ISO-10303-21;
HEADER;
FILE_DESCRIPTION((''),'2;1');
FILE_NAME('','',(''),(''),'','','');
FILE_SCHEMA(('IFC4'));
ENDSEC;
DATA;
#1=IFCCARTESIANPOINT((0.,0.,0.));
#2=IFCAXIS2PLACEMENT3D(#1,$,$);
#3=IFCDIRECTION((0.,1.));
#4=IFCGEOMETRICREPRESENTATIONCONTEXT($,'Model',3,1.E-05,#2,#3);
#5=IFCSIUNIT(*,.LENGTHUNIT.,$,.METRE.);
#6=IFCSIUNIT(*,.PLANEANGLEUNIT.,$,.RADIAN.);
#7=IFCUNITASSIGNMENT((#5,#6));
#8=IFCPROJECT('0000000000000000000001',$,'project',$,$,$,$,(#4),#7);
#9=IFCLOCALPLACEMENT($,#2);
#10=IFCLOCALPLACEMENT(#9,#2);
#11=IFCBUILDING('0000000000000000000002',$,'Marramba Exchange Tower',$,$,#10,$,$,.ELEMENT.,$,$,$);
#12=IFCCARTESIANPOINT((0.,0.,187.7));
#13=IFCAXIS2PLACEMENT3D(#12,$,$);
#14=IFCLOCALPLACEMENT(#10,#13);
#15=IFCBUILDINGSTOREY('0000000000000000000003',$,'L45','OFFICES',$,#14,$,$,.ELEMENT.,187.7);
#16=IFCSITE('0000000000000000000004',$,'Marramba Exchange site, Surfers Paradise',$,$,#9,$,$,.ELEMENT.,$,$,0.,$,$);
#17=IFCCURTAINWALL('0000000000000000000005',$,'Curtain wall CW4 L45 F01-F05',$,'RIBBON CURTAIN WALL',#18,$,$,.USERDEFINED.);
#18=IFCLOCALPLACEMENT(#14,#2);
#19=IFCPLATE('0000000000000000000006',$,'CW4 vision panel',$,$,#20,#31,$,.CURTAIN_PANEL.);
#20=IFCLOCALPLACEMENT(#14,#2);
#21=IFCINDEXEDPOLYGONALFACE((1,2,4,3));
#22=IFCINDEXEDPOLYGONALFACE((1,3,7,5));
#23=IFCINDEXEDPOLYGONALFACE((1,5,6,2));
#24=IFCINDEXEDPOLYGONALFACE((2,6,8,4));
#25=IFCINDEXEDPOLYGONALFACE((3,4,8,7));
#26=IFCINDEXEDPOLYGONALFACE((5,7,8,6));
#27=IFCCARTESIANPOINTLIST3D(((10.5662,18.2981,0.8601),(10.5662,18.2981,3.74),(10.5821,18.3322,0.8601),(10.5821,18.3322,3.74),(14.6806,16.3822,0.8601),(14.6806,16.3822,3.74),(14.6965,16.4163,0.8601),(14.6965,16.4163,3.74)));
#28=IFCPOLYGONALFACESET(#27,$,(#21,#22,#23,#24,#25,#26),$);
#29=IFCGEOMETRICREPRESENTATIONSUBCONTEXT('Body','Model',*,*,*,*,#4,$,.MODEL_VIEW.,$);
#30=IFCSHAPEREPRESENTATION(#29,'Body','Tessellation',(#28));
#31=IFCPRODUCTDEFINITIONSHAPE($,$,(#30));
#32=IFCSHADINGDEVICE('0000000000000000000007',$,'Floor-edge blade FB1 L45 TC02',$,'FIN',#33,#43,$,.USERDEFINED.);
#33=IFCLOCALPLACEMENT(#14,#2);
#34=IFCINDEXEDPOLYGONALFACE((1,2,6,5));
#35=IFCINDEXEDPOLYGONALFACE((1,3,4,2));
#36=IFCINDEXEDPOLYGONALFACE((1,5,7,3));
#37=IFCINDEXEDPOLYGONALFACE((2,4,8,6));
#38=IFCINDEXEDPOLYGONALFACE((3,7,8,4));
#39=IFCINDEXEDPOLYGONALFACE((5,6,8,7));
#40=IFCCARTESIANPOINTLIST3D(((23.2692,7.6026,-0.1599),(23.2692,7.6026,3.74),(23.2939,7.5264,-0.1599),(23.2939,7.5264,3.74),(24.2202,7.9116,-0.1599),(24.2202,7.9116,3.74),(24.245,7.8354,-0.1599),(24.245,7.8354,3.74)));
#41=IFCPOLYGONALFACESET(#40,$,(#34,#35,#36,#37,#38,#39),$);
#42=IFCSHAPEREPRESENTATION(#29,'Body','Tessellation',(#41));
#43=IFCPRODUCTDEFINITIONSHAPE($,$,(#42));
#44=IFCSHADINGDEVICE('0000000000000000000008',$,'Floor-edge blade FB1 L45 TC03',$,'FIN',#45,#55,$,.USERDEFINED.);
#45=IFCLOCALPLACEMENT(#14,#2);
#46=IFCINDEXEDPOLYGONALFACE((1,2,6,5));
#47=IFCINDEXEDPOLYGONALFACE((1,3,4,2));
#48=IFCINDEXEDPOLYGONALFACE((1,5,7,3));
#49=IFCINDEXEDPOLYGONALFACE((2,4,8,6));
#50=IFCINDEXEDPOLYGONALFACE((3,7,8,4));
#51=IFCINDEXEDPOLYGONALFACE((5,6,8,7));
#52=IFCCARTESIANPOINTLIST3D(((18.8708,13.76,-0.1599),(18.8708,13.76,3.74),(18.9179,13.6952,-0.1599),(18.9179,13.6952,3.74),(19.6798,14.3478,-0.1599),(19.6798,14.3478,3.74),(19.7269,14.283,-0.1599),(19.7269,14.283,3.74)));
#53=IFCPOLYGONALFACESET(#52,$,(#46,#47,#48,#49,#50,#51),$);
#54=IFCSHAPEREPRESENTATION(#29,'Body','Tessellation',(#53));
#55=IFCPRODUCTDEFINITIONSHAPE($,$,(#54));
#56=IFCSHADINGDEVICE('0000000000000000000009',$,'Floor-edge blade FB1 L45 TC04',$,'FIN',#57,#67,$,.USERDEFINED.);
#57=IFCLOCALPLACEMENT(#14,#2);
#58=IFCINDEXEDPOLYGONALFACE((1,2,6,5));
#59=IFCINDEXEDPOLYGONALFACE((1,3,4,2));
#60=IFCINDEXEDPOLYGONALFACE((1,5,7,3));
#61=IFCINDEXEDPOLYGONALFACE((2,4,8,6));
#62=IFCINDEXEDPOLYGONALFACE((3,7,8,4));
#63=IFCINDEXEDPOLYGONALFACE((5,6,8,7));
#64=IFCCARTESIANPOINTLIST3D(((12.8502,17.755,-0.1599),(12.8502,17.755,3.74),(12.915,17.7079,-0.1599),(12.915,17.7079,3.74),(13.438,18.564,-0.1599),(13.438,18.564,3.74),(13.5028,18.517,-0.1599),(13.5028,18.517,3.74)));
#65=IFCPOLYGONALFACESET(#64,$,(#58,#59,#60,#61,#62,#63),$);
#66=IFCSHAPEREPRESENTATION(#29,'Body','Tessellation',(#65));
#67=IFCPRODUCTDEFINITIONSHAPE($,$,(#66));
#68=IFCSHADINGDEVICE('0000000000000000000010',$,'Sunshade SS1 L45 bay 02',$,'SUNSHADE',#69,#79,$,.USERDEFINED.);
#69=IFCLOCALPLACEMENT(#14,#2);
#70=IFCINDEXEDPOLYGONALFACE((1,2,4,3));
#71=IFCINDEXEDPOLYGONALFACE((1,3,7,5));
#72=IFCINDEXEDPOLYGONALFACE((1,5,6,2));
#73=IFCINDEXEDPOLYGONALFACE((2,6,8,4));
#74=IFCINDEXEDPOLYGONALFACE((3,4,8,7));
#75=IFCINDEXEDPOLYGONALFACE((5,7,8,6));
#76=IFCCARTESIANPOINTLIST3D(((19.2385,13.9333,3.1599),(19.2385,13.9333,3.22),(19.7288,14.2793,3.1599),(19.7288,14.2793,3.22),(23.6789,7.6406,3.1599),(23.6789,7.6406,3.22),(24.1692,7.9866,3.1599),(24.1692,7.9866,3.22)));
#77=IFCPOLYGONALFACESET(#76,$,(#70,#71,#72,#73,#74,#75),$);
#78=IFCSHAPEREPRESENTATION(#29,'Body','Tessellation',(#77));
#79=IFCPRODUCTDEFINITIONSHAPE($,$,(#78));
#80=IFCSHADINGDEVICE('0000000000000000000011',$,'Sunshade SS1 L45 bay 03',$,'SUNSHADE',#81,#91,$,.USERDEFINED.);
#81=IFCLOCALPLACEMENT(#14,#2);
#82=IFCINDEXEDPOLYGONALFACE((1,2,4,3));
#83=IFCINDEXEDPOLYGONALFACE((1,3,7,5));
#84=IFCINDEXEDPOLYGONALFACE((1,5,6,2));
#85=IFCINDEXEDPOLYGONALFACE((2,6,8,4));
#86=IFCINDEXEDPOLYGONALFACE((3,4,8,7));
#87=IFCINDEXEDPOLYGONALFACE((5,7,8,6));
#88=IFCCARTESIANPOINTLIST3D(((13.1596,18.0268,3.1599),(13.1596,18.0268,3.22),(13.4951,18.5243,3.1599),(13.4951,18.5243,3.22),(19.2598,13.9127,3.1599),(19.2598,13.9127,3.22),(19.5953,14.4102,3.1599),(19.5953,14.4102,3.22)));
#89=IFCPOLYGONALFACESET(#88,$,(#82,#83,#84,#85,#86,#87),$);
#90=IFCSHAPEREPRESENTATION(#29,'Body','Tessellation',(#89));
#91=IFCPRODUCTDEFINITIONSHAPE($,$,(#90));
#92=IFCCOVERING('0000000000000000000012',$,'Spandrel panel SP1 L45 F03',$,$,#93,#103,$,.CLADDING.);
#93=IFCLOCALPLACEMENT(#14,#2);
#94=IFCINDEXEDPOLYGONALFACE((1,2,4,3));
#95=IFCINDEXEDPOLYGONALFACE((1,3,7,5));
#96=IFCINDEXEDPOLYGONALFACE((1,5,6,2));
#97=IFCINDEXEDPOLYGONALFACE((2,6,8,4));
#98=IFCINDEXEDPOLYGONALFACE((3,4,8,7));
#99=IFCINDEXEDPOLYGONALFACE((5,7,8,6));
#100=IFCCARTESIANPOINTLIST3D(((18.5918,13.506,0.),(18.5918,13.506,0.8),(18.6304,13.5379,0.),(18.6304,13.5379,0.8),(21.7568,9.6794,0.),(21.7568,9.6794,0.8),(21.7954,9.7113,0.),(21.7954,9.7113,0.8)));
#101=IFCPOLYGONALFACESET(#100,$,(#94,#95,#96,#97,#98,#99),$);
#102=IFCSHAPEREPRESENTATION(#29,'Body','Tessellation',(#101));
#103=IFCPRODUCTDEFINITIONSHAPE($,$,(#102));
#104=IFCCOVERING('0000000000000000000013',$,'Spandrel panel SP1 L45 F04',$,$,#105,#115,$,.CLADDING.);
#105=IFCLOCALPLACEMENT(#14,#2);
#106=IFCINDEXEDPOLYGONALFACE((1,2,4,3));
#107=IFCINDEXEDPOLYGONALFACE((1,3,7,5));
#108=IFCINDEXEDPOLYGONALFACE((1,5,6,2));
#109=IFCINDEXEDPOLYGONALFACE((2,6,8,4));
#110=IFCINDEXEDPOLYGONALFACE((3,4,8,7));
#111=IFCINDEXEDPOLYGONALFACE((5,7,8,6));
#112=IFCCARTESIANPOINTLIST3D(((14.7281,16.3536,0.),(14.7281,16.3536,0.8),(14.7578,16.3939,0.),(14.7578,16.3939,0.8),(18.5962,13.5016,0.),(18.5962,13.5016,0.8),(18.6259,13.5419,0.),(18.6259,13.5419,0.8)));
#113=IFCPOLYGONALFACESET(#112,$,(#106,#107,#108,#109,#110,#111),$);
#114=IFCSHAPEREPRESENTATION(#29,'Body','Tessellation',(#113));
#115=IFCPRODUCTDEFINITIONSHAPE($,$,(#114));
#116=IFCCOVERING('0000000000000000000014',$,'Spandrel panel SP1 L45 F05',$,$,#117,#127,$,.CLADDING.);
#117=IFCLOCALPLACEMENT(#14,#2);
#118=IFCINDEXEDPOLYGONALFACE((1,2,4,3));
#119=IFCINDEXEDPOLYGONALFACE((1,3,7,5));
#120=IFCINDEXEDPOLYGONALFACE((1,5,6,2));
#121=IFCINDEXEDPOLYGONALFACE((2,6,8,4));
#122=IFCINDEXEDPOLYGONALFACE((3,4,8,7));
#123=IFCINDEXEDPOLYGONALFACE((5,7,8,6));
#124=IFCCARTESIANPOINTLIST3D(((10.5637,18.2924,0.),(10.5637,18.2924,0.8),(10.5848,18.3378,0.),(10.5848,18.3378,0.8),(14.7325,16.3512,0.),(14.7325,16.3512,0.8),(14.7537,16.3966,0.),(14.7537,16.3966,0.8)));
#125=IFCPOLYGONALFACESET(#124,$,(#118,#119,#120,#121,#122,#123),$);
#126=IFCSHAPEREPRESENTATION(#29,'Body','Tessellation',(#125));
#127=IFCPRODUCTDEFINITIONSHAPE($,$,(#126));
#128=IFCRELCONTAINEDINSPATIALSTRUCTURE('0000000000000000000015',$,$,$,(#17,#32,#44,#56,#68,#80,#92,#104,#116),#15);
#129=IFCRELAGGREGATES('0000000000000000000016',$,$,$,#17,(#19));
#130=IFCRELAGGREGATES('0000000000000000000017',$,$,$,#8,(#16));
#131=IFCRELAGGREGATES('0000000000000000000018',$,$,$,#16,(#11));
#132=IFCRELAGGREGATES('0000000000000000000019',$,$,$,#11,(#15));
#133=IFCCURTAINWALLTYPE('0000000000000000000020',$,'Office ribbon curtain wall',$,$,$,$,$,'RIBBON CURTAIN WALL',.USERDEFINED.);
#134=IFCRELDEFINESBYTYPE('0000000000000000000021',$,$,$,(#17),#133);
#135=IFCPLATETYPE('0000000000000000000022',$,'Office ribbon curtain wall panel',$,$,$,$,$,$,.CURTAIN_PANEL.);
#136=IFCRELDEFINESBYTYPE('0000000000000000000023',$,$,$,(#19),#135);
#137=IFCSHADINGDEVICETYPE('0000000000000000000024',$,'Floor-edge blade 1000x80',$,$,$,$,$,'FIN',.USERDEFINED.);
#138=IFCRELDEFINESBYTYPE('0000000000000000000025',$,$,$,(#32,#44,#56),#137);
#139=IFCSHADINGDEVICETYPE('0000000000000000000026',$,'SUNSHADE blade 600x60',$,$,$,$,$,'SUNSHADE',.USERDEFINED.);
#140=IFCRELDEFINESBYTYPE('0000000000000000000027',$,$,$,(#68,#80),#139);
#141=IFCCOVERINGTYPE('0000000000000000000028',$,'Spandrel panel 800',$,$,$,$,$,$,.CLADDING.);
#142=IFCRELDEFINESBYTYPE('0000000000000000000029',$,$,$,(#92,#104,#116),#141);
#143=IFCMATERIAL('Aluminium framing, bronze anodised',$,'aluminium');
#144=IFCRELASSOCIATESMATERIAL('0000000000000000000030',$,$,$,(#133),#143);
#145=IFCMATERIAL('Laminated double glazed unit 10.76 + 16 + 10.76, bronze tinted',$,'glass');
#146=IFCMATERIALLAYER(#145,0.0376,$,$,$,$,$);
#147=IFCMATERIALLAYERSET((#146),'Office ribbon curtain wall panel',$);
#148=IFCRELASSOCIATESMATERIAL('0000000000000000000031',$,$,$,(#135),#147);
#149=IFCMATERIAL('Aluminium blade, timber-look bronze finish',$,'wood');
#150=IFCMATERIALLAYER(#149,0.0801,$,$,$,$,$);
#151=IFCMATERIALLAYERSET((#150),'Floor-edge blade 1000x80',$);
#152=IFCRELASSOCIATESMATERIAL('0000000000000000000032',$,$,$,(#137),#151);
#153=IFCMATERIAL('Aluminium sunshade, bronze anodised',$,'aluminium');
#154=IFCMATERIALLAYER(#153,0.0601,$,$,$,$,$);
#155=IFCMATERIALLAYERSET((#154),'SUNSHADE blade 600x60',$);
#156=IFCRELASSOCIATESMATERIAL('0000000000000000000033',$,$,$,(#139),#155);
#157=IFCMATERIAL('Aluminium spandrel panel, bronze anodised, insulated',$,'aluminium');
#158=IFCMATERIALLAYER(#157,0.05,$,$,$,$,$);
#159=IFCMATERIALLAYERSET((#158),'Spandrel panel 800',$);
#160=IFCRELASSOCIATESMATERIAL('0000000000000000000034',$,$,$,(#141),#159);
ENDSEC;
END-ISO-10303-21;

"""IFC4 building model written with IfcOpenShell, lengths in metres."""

from ifc_helpers import new_model, si_unit, direction, frame, origin, origin_2d, place, context, subcontext, project, spatial, rectangle, extrude, material, layer, layer_set, type_object, element, aggregate, save


model = new_model("IFC4")

# Units and contexts
model_context = context("Model", 3, precision=1e-05, world=origin(), true_north=direction((0.0, 1.0)))
body_context = subcontext(model_context, "Body", "Model", "MODEL_VIEW")
ifc_project = project(units=[si_unit("LENGTHUNIT", "METRE"), si_unit("PLANEANGLEUNIT", "RADIAN")], contexts=[model_context])

# Site, building, storey
site_placement = place(None, origin())
site = spatial("IfcSite", under=ifc_project, at=site_placement, Name="Marramba Exchange site, Surfers Paradise", CompositionType="ELEMENT", RefElevation=0.0)
building_placement = place(site_placement, origin())
building = spatial("IfcBuilding", under=site, at=building_placement, Name="Marramba Exchange Tower", CompositionType="ELEMENT")
storey_placement = place(building_placement, frame((0.0, 0.0, 187.7)))
storey = spatial("IfcBuildingStorey", under=building, at=storey_placement, Name="L45", Description="OFFICES", CompositionType="ELEMENT", Elevation=187.7)

# Curtain wall
ifc_material_1 = material(Name="Aluminium framing, bronze anodised", Category="aluminium")
curtain_wall_type = type_object("IfcCurtainWallType", Name="Office ribbon curtain wall", ElementType="RIBBON CURTAIN WALL", PredefinedType="USERDEFINED", material=ifc_material_1)
curtain_wall_placement = place(storey_placement, origin())
curtain_wall = element("IfcCurtainWall", 1, at=curtain_wall_placement, inside=storey, type_object=curtain_wall_type, Name="Curtain wall CW4 L45 F01-F05", ObjectType="RIBBON CURTAIN WALL", PredefinedType="USERDEFINED")

# Plate
ifc_material_2 = material(Name="Laminated double glazed unit 10.76 + 16 + 10.76, bronze tinted", Category="glass")
ifc_layer_1 = layer(ifc_material_2, 0.0376)
ifc_layer_set_1 = layer_set([ifc_layer_1], Name="Office ribbon curtain wall panel")
plate_type = type_object("IfcPlateType", Name="Office ribbon curtain wall panel", PredefinedType="CURTAIN_PANEL", material=ifc_layer_set_1)
plate_1_placement = place(storey_placement, frame((12.6313, 17.3572, 0.8601), z_axis=(0.0, 0.0, 1.0), x_axis=(-0.906534, 0.422133, 0.0)))
plate_1 = element("IfcPlate", 2, at=plate_1_placement, type_object=plate_type, Name="CW4 vision panel", PredefinedType="CURTAIN_PANEL", context=body_context, shape_type="SweptSolid", body=[
    extrude(rectangle(XDim=4.5386, YDim=0.0376, at=origin_2d()), origin(), (0.0, 0.0, 1.0), 2.8799),
])
aggregate(curtain_wall, [plate_1])

# Shading devices
ifc_material_3 = material(Name="Aluminium blade, timber-look bronze finish", Category="wood")
ifc_layer_2 = layer(ifc_material_3, 0.0801)
ifc_layer_set_2 = layer_set([ifc_layer_2], Name="Floor-edge blade 1000x80")
shading_device_type_1 = type_object("IfcShadingDeviceType", Name="Floor-edge blade 1000x80", ElementType="FIN", PredefinedType="USERDEFINED", material=ifc_layer_set_2)
for number, where, z_axis, x_axis, name in (
    (3, (23.7571, 7.719, -0.1599), (0.0, 0.0, 1.0), (0.951057, 0.309017, 0.0), "Floor-edge blade FB1 L45 TC02"),
    (4, (19.2988, 14.0215, -0.1599), (0.0, 0.0, 1.0), (0.809017, 0.587785, 0.0), "Floor-edge blade FB1 L45 TC03"),
    (5, (13.1765, 18.136, -0.1599), (0.0, 0.0, 1.0), (0.587785, 0.809017, 0.0), "Floor-edge blade FB1 L45 TC04"),
):
    element("IfcShadingDevice", number, at=place(storey_placement, frame(where, z_axis=z_axis, x_axis=x_axis)), inside=storey, type_object=shading_device_type_1, Name=name, ObjectType="FIN", PredefinedType="USERDEFINED", context=body_context, shape_type="SweptSolid", body=[
        extrude(rectangle(XDim=1.0, YDim=0.0801, at=origin_2d()), origin(), (0.0, 0.0, 1.0), 3.8999),
    ])
ifc_material_4 = material(Name="Aluminium sunshade, bronze anodised", Category="aluminium")
ifc_layer_3 = layer(ifc_material_4, 0.0601)
ifc_layer_set_3 = layer_set([ifc_layer_3], Name="SUNSHADE blade 600x60")
shading_device_type_2 = type_object("IfcShadingDeviceType", Name="SUNSHADE blade 600x60", ElementType="SUNSHADE", PredefinedType="USERDEFINED", material=ifc_layer_set_3)
shading_device_1_placement = place(storey_placement, frame((21.7039, 10.96, 3.1599), z_axis=(0.0, 0.0, 1.0), x_axis=(-0.576555, 0.817058, 0.0)))
element("IfcShadingDevice", 6, at=shading_device_1_placement, inside=storey, type_object=shading_device_type_2, Name="Sunshade SS1 L45 bay 02", ObjectType="SUNSHADE", PredefinedType="USERDEFINED", context=body_context, shape_type="SweptSolid", body=[
    extrude(rectangle(XDim=7.7017, YDim=0.6001, at=origin_2d()), origin(), (0.0, 0.0, 1.0), 0.0601),
])
shading_device_2_placement = place(storey_placement, frame((16.3774, 16.2185, 3.1599), z_axis=(0.0, 0.0, 1.0), x_axis=(-0.829071, 0.559143, 0.0)))
element("IfcShadingDevice", 7, at=shading_device_2_placement, inside=storey, type_object=shading_device_type_2, Name="Sunshade SS1 L45 bay 03", ObjectType="SUNSHADE", PredefinedType="USERDEFINED", context=body_context, shape_type="SweptSolid", body=[
    extrude(rectangle(XDim=7.3579, YDim=0.6001, at=origin_2d()), origin(), (0.0, 0.0, 1.0), 0.0601),
])

# Coverings
ifc_material_5 = material(Name="Aluminium spandrel panel, bronze anodised, insulated", Category="aluminium")
ifc_layer_4 = layer(ifc_material_5, 0.05)
ifc_layer_set_4 = layer_set([ifc_layer_4], Name="Spandrel panel 800")
covering_type = type_object("IfcCoveringType", Name="Spandrel panel 800", PredefinedType="CLADDING", material=ifc_layer_set_4)
covering_1_placement = place(storey_placement, frame((20.1936, 11.6086, 0.0), z_axis=(0.0, 0.0, 1.0), x_axis=(-0.63735, 0.770574, 0.0)))
element("IfcCovering", 8, at=covering_1_placement, inside=storey, type_object=covering_type, Name="Spandrel panel SP1 L45 F03", PredefinedType="CLADDING", context=body_context, shape_type="SweptSolid", body=[
    extrude(rectangle(XDim=4.9658, YDim=0.05, at=origin_2d()), origin(), (0.0, 0.0, 1.0), 0.8),
])
covering_2_placement = place(storey_placement, frame((16.677, 14.9478, 0.0), z_axis=(0.0, 0.0, 1.0), x_axis=(-0.804877, 0.593441, 0.0)))
element("IfcCovering", 9, at=covering_2_placement, inside=storey, type_object=covering_type, Name="Spandrel panel SP1 L45 F04", PredefinedType="CLADDING", context=body_context, shape_type="SweptSolid", body=[
    extrude(rectangle(XDim=4.8059, YDim=0.05, at=origin_2d()), origin(), (0.0, 0.0, 1.0), 0.8),
])
covering_3_placement = place(storey_placement, frame((12.6587, 17.3445, 0.0), z_axis=(0.0, 0.0, 1.0), x_axis=(-0.906534, 0.422133, 0.0)))
element("IfcCovering", 10, at=covering_3_placement, inside=storey, type_object=covering_type, Name="Spandrel panel SP1 L45 F05", PredefinedType="CLADDING", context=body_context, shape_type="SweptSolid", body=[
    extrude(rectangle(XDim=4.5986, YDim=0.05, at=origin_2d()), origin(), (0.0, 0.0, 1.0), 0.8),
])

save(model, "model.ifc")
